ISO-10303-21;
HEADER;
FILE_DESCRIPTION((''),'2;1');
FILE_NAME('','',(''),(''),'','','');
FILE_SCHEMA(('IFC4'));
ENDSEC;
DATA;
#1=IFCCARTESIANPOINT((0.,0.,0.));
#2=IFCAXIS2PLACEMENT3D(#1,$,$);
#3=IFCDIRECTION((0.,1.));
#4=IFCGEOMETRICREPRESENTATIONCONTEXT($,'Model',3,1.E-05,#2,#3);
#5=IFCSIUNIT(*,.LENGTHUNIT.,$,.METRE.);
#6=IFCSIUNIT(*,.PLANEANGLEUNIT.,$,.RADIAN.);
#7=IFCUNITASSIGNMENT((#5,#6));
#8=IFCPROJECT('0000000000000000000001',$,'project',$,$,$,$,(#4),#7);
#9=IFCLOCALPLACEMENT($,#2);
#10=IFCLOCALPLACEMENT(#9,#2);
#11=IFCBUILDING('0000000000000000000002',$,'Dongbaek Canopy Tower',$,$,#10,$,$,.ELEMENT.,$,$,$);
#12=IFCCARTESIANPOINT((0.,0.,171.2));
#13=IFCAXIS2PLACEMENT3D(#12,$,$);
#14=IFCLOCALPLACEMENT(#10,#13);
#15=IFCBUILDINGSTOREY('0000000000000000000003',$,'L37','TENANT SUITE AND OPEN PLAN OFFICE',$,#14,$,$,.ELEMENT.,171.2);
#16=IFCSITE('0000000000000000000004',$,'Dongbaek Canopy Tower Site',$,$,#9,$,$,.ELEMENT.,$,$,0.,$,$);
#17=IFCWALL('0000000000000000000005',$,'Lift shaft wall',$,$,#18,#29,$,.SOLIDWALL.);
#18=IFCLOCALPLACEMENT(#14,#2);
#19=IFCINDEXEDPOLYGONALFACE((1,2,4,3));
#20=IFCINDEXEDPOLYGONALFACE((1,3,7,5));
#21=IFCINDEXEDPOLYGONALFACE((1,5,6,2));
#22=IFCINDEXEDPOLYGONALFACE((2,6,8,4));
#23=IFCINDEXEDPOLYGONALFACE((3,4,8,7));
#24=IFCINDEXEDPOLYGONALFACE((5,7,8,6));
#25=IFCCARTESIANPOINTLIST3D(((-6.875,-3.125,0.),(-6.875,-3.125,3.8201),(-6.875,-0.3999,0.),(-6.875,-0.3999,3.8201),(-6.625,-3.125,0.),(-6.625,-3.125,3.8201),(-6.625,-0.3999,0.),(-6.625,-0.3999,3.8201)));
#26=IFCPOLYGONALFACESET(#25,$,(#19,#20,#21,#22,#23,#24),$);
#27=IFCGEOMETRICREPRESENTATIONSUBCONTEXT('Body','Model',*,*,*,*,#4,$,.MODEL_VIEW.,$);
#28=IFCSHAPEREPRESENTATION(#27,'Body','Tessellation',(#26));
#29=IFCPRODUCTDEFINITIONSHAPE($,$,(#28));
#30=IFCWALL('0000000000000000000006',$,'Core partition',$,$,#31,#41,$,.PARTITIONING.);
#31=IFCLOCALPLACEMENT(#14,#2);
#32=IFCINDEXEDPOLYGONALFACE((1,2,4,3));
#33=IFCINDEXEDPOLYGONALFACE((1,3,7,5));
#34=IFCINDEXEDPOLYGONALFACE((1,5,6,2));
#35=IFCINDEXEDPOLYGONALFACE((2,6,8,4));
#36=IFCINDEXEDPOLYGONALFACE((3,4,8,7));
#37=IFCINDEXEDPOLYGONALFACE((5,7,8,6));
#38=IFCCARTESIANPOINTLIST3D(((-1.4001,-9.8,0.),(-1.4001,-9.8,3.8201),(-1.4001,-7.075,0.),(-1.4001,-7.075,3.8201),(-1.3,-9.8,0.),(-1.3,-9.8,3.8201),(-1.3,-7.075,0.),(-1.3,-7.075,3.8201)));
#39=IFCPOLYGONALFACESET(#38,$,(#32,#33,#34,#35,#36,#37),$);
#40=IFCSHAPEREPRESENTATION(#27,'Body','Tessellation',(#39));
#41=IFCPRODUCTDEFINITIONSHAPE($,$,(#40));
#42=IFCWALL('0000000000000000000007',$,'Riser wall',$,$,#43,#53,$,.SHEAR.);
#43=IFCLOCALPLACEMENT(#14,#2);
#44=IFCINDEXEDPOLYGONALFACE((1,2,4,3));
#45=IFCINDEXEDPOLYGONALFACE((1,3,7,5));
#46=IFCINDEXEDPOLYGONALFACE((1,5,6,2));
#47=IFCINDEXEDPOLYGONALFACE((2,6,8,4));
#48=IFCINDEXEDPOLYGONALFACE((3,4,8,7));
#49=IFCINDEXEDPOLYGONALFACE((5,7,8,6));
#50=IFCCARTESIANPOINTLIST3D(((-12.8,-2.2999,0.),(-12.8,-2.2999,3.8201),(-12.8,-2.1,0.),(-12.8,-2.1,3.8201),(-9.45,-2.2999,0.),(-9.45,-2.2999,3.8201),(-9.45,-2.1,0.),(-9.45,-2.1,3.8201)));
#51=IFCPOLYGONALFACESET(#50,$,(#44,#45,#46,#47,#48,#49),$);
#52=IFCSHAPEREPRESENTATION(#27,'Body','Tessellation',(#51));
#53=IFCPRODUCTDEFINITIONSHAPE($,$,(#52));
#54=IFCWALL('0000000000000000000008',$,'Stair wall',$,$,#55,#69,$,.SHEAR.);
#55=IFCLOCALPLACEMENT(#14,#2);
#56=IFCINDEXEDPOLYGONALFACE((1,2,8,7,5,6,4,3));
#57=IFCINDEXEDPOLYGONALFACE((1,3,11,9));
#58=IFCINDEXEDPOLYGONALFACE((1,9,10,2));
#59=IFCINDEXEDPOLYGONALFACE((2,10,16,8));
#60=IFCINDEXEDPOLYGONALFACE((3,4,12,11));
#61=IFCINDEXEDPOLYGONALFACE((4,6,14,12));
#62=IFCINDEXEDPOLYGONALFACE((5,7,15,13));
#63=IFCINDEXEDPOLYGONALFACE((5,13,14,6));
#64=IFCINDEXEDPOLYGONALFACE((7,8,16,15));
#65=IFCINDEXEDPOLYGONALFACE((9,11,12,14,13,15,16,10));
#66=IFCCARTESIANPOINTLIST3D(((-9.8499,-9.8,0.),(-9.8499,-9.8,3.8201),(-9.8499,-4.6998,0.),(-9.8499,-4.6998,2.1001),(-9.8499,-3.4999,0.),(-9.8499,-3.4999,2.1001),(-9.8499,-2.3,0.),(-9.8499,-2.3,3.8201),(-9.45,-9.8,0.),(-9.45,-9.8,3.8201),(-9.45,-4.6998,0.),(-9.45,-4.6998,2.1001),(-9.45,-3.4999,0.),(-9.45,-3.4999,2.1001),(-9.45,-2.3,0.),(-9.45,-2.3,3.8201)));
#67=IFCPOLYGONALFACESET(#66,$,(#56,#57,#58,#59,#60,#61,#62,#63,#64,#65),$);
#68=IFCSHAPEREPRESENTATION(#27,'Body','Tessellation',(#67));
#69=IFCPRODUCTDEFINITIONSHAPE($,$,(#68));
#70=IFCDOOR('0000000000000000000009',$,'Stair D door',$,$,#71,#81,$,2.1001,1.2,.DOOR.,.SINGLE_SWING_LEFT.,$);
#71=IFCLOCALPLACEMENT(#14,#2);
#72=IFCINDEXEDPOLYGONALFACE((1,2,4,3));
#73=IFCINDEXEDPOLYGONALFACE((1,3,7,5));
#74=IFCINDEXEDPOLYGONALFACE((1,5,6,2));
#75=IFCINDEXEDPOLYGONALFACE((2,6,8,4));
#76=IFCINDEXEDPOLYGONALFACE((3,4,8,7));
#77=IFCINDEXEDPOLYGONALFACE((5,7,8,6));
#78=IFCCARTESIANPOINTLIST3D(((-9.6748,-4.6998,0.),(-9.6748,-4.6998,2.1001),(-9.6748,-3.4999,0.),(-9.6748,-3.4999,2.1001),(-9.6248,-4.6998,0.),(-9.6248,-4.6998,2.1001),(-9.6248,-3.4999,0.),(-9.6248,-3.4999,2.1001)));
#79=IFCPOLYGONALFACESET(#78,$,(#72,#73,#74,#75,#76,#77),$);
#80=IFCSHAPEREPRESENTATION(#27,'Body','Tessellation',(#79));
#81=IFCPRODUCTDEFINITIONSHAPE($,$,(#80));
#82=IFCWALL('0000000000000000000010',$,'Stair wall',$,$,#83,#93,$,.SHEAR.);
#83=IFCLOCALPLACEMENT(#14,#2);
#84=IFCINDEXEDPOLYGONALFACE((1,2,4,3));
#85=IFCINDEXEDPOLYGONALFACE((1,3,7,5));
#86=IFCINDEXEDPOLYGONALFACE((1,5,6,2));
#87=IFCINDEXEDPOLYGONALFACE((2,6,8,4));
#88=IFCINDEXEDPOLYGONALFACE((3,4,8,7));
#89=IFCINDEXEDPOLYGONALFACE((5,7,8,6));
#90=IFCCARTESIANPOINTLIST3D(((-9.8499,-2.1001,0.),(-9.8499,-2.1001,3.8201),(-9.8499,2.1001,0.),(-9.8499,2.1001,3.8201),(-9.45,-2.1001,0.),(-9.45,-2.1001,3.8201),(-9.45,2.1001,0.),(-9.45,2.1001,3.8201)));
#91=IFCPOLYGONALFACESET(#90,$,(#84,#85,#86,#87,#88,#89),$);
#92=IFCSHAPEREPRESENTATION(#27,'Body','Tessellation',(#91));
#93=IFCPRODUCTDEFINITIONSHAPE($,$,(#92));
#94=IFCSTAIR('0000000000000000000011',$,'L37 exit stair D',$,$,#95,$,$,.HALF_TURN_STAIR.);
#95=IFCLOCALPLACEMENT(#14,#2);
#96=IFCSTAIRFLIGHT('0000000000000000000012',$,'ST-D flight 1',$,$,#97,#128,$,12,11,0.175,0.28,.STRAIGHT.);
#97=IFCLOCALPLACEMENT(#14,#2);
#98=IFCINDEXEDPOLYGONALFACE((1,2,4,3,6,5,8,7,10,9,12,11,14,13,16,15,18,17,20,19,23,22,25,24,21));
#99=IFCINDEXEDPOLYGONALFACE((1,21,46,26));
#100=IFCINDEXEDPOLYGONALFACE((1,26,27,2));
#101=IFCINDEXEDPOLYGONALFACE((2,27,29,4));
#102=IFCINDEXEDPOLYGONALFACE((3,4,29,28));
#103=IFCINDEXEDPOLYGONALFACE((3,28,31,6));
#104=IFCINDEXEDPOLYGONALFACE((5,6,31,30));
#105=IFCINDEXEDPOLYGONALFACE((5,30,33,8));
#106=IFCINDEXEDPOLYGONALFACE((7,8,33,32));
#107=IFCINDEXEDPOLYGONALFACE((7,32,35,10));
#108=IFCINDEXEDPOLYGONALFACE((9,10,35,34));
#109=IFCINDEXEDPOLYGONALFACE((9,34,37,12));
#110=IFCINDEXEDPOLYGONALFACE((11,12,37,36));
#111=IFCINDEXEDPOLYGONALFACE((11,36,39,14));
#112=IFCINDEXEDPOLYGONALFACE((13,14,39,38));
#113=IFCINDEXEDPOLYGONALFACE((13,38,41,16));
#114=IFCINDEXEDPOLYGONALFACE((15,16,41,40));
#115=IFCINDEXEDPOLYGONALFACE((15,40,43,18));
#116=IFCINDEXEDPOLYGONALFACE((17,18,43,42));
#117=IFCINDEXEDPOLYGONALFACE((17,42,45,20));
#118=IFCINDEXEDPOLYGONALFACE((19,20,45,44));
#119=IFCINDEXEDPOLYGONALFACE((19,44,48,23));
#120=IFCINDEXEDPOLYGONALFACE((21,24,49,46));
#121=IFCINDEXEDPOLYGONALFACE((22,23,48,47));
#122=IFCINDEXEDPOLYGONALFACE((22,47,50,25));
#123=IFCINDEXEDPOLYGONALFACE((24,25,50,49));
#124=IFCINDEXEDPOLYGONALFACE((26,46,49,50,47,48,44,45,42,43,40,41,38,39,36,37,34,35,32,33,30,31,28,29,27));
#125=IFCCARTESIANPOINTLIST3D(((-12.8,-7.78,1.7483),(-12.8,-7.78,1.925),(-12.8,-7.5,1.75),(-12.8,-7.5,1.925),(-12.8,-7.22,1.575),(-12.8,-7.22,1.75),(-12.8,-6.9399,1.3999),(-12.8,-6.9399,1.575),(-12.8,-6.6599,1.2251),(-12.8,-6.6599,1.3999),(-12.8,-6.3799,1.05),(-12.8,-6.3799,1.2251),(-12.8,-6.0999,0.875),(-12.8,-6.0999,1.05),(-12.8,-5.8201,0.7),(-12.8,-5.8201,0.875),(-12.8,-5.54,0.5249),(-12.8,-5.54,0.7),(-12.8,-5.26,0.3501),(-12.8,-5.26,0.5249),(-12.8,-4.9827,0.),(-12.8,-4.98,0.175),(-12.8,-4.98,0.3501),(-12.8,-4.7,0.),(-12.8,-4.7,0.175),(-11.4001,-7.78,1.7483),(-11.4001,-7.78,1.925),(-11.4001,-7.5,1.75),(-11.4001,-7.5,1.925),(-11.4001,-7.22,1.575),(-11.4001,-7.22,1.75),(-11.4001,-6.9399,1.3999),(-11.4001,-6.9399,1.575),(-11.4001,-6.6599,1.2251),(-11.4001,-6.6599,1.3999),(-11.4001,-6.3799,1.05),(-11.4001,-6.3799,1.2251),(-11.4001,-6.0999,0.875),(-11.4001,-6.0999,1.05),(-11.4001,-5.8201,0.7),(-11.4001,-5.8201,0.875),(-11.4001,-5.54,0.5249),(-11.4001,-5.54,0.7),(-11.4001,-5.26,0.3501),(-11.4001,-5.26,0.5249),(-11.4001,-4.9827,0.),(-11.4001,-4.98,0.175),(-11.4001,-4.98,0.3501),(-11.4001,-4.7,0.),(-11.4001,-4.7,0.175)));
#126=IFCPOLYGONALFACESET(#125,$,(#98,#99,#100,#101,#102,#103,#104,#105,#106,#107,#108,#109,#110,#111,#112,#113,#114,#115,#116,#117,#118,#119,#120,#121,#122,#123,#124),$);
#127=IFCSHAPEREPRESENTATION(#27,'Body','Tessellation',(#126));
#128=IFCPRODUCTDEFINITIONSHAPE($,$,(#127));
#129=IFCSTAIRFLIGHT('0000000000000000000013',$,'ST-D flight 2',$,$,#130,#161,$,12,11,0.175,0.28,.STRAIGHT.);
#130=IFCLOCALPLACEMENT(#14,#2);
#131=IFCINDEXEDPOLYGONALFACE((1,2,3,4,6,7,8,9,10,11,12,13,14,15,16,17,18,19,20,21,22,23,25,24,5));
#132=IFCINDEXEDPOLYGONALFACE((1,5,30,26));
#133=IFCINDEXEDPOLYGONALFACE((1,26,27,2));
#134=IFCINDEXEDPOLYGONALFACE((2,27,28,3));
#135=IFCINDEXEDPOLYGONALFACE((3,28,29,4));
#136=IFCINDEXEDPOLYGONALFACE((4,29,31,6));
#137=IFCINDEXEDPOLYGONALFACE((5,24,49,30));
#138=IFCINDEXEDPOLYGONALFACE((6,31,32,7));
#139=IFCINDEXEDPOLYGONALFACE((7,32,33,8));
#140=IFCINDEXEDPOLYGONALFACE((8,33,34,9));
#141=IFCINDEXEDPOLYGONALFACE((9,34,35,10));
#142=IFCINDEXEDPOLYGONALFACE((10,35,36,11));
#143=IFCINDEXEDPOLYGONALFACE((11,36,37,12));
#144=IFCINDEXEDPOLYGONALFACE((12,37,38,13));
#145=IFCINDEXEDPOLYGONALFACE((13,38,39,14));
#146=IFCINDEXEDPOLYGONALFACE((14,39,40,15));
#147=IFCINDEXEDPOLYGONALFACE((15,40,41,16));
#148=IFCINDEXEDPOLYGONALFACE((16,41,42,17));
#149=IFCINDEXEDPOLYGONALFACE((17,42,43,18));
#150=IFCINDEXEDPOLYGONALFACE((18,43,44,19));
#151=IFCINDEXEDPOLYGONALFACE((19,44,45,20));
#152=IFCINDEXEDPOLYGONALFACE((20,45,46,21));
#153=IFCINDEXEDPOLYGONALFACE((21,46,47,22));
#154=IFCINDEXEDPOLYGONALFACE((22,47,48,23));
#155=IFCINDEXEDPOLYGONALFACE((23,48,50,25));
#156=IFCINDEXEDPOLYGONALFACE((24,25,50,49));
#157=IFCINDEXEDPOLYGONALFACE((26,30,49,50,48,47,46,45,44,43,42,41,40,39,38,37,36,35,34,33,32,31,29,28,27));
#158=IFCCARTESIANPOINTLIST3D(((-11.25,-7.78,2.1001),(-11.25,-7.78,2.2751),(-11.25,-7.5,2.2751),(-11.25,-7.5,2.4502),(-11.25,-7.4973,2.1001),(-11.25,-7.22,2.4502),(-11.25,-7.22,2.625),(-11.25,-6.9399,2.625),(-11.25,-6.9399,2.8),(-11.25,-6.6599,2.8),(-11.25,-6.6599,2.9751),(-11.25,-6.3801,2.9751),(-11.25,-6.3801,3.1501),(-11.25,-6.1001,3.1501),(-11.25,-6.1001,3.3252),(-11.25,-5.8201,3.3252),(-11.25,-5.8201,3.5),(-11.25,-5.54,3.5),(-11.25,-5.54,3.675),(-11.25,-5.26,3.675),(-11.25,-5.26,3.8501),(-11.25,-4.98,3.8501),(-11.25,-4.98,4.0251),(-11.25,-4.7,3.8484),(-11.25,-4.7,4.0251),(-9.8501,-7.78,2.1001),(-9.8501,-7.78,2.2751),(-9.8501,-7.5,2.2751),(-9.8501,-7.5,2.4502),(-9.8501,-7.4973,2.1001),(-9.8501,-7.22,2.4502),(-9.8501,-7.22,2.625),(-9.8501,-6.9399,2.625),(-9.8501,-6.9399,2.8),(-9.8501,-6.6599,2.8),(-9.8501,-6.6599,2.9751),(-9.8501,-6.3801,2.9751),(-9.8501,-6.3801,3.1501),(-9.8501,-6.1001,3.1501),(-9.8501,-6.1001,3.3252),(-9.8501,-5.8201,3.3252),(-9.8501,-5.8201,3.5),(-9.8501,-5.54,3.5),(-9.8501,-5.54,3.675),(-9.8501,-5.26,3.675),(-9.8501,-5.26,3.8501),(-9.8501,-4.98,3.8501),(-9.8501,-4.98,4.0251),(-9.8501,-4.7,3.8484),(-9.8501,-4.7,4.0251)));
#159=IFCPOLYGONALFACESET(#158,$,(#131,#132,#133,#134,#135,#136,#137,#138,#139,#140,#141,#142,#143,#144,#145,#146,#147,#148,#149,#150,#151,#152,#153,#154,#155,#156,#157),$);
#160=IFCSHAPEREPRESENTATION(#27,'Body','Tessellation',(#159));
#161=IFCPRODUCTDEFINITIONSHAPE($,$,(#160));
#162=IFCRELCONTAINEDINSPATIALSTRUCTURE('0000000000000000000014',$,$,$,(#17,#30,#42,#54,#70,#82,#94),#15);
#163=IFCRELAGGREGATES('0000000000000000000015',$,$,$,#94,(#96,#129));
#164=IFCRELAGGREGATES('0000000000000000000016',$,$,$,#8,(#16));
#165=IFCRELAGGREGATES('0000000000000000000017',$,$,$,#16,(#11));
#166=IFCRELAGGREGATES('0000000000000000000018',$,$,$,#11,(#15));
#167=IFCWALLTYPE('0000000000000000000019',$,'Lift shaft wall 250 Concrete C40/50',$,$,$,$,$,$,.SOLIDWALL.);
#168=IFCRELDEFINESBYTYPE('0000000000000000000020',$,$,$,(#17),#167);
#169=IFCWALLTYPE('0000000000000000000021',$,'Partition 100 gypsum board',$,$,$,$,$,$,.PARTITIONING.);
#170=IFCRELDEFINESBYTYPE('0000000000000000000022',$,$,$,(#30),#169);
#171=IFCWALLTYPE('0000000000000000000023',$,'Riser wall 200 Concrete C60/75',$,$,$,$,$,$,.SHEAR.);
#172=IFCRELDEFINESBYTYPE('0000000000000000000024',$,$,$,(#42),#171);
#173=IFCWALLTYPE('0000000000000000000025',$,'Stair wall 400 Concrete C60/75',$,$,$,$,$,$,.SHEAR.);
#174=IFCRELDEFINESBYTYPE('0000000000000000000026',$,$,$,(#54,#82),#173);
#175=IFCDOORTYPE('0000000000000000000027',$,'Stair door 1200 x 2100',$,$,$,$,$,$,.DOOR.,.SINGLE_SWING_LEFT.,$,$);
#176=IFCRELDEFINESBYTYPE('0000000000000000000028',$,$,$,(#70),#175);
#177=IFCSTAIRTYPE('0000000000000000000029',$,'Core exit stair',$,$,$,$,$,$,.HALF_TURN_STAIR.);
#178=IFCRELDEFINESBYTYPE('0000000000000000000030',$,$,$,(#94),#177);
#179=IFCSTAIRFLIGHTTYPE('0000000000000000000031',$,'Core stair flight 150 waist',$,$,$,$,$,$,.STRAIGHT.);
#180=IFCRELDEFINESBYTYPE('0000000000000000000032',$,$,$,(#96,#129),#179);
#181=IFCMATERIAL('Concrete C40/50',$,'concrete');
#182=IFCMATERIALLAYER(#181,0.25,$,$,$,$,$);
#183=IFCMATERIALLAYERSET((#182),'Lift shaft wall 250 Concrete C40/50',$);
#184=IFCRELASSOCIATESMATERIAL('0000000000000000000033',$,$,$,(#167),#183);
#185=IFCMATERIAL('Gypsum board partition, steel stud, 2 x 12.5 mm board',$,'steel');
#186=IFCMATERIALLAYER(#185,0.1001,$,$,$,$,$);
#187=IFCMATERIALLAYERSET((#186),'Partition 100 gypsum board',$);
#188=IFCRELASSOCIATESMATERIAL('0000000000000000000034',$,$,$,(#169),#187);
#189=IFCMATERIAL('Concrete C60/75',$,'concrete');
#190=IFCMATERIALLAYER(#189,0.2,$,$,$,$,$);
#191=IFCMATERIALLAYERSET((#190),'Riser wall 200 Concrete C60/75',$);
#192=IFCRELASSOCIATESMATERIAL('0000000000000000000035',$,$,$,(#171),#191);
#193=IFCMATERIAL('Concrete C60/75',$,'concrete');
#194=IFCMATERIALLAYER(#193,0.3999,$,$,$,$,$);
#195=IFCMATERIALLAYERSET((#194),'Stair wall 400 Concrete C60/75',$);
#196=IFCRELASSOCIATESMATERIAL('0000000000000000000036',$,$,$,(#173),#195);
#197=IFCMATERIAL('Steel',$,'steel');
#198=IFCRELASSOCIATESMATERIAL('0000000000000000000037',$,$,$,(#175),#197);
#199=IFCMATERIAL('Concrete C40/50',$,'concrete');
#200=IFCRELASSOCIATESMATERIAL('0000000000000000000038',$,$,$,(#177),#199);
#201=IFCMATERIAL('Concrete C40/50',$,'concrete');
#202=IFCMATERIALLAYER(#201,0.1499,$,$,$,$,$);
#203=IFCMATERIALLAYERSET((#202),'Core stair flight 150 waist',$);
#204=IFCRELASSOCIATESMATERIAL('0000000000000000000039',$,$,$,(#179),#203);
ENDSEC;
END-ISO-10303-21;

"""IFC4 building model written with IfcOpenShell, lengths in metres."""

from ifc_helpers import new_model, si_unit, direction, frame, frame_2d, origin, place, context, subcontext, project, spatial, polyline, rectangle, outline, extrude, material, layer, layer_set, type_object, element, fill, aggregate, save


model = new_model("IFC4")

# Units and contexts
model_context = context("Model", 3, precision=1e-05, world=origin(), true_north=direction((0.0, 1.0)))
body_context = subcontext(model_context, "Body", "Model", "MODEL_VIEW")
ifc_project = project(units=[si_unit("LENGTHUNIT", "METRE"), si_unit("PLANEANGLEUNIT", "RADIAN")], contexts=[model_context])

# Site, building, storey
site_placement = place(None, origin())
site = spatial("IfcSite", under=ifc_project, at=site_placement, Name="Dongbaek Canopy Tower Site", CompositionType="ELEMENT", RefElevation=0.0)
building_placement = place(site_placement, origin())
building = spatial("IfcBuilding", under=site, at=building_placement, Name="Dongbaek Canopy Tower", CompositionType="ELEMENT")
storey_placement = place(building_placement, frame((0.0, 0.0, 171.2)))
storey = spatial("IfcBuildingStorey", under=building, at=storey_placement, Name="L37", Description="TENANT SUITE AND OPEN PLAN OFFICE", CompositionType="ELEMENT", Elevation=171.2)

# Walls
ifc_material_1 = material(Name="Concrete C40/50", Category="concrete")
ifc_layer_1 = layer(ifc_material_1, 0.25)
ifc_layer_set_1 = layer_set([ifc_layer_1], Name="Lift shaft wall 250 Concrete C40/50")
wall_type_1 = type_object("IfcWallType", Name="Lift shaft wall 250 Concrete C40/50", PredefinedType="SOLIDWALL", material=ifc_layer_set_1)
for number, where, z_axis, x_axis, name in (
    (1, (-6.75, -3.125, 0.0), (0.0, 0.0, 1.0), (0.0, 1.0, 0.0), "Lift shaft wall"),
):
    element("IfcWall", number, at=place(storey_placement, frame(where, z_axis=z_axis, x_axis=x_axis)), inside=storey, type_object=wall_type_1, Name=name, PredefinedType="SOLIDWALL", context=body_context, shape_type="SweptSolid", body=[
        extrude(rectangle(XDim=2.7251, YDim=0.25, at=frame_2d((1.3625, 0.0))), origin(), (0.0, 0.0, 1.0), 3.8201),
    ])
ifc_material_2 = material(Name="Gypsum board partition, steel stud, 2 x 12.5 mm board", Category="steel")
ifc_layer_2 = layer(ifc_material_2, 0.1001)
ifc_layer_set_2 = layer_set([ifc_layer_2], Name="Partition 100 gypsum board")
wall_type_2 = type_object("IfcWallType", Name="Partition 100 gypsum board", PredefinedType="PARTITIONING", material=ifc_layer_set_2)
wall_1_placement = place(storey_placement, frame((-1.3501, -9.8, 0.0), z_axis=(0.0, 0.0, 1.0), x_axis=(0.0, 1.0, 0.0)))
element("IfcWall", 2, at=wall_1_placement, inside=storey, type_object=wall_type_2, Name="Core partition", PredefinedType="PARTITIONING", context=body_context, shape_type="SweptSolid", body=[
    extrude(rectangle(XDim=2.7251, YDim=0.1001, at=frame_2d((1.3625, 0.0))), origin(), (0.0, 0.0, 1.0), 3.8201),
])
ifc_material_3 = material(Name="Concrete C60/75", Category="concrete")
ifc_layer_3 = layer(ifc_material_3, 0.2)
ifc_layer_set_3 = layer_set([ifc_layer_3], Name="Riser wall 200 Concrete C60/75")
wall_type_3 = type_object("IfcWallType", Name="Riser wall 200 Concrete C60/75", PredefinedType="SHEAR", material=ifc_layer_set_3)
wall_2_placement = place(storey_placement, frame((-9.45, -2.2, 0.0), z_axis=(0.0, 0.0, 1.0), x_axis=(-1.0, 0.0, 0.0)))
element("IfcWall", 3, at=wall_2_placement, inside=storey, type_object=wall_type_3, Name="Riser wall", PredefinedType="SHEAR", context=body_context, shape_type="SweptSolid", body=[
    extrude(rectangle(XDim=3.3501, YDim=0.2, at=frame_2d((1.675, 0.0))), origin(), (0.0, 0.0, 1.0), 3.8201),
])

# Wall, opening, door
ifc_material_4 = material(Name="Concrete C60/75", Category="concrete")
ifc_layer_4 = layer(ifc_material_4, 0.3999)
ifc_layer_set_4 = layer_set([ifc_layer_4], Name="Stair wall 400 Concrete C60/75")
wall_type_4 = type_object("IfcWallType", Name="Stair wall 400 Concrete C60/75", PredefinedType="SHEAR", material=ifc_layer_set_4)
wall_3_placement = place(storey_placement, frame((-9.6499, -9.8, 0.0), z_axis=(0.0, 0.0, 1.0), x_axis=(0.0, 1.0, 0.0)))
wall_3 = element("IfcWall", 4, at=wall_3_placement, inside=storey, type_object=wall_type_4, Name="Stair wall", PredefinedType="SHEAR", context=body_context, shape_type="SweptSolid", body=[
    extrude(rectangle(XDim=7.5, YDim=0.3999, at=frame_2d((3.75, 0.0))), origin(), (0.0, 0.0, 1.0), 3.8201),
])
opening_1_placement = place(wall_3_placement, frame((5.1001, 0.0, 0.0)))
opening_1 = element("IfcOpeningElement", 5, at=opening_1_placement, cuts=wall_3, PredefinedType="OPENING", context=body_context, shape_type="SweptSolid", body=[
    extrude(rectangle(XDim=1.2, YDim=2.1001, at=frame_2d((0.6001, 1.05))), frame((0.0, 0.21, 0.0), z_axis=(0.0, -1.0, 0.0), x_axis=(1.0, 0.0, 0.0)), (0.0, 0.0, 1.0), 0.4199),
])
ifc_material_5 = material(Name="Steel", Category="steel")
door_type_1 = type_object("IfcDoorType", Name="Stair door 1200 x 2100", OperationType="SINGLE_SWING_LEFT", PredefinedType="DOOR", material=ifc_material_5)
door_1_placement = place(opening_1_placement, origin())
door_1 = element("IfcDoor", 6, at=door_1_placement, inside=storey, type_object=door_type_1, Name="Stair D door", OperationType="SINGLE_SWING_LEFT", OverallHeight=2.1001, OverallWidth=1.2, PredefinedType="DOOR", context=body_context, shape_type="SweptSolid", body=[
    extrude(rectangle(XDim=1.2, YDim=2.1001, at=frame_2d((0.6001, 1.05))), frame((0.0, 0.0249, 0.0), z_axis=(0.0, -1.0, 0.0), x_axis=(1.0, 0.0, 0.0)), (0.0, 0.0, 1.0), 0.05),
])
fill(opening_1, door_1)

# Wall
wall_4_placement = place(storey_placement, frame((-9.6499, -2.1001, 0.0), z_axis=(0.0, 0.0, 1.0), x_axis=(0.0, 1.0, 0.0)))
element("IfcWall", 7, at=wall_4_placement, inside=storey, type_object=wall_type_4, Name="Stair wall", PredefinedType="SHEAR", context=body_context, shape_type="SweptSolid", body=[
    extrude(rectangle(XDim=4.2002, YDim=0.3999, at=frame_2d((2.1001, 0.0))), origin(), (0.0, 0.0, 1.0), 3.8201),
])

# Stair, stair flights
ifc_material_6 = material(Name="Concrete C40/50", Category="concrete")
stair_type = type_object("IfcStairType", Name="Core exit stair", PredefinedType="HALF_TURN_STAIR", material=ifc_material_6)
stair_placement = place(storey_placement, origin())
stair = element("IfcStair", 8, at=stair_placement, inside=storey, type_object=stair_type, Name="L37 exit stair D", PredefinedType="HALF_TURN_STAIR")
ifc_material_7 = material(Name="Concrete C40/50", Category="concrete")
ifc_layer_5 = layer(ifc_material_7, 0.1499)
ifc_layer_set_5 = layer_set([ifc_layer_5], Name="Core stair flight 150 waist")
stair_flight_type = type_object("IfcStairFlightType", Name="Core stair flight 150 waist", PredefinedType="STRAIGHT", material=ifc_layer_set_5)
stair_flight_1_placement = place(storey_placement, frame((-12.1001, -4.7, 0.0), z_axis=(0.0, 0.0, 1.0), x_axis=(0.0, -1.0, 0.0)))
stair_flight_1 = element("IfcStairFlight", 9, at=stair_flight_1_placement, type_object=stair_flight_type, Name="ST-D flight 1", NumberOfRisers=12, NumberOfTreads=11, PredefinedType="STRAIGHT", RiserHeight=0.175, TreadLength=0.28, context=body_context, shape_type="SweptSolid", body=[
    extrude(outline(polyline([(0.0, 0.0), (0.0, 0.175), (0.28, 0.175), (0.28, 0.3501), (0.5601, 0.3501), (0.5601, 0.5249), (0.8401, 0.5249), (0.8401, 0.7), (1.1201, 0.7), (1.1201, 0.875), (1.3999, 0.875), (1.3999, 1.05), (1.6799, 1.05), (1.6799, 1.2251), (1.96, 1.2251), (1.96, 1.3999), (2.24, 1.3999), (2.24, 1.575), (2.52, 1.575), (2.52, 1.75), (2.8, 1.75), (2.8, 1.925), (3.0801, 1.925), (3.0801, 2.1001), (3.0801, 1.7483), (0.2827, 0.0), (0.0, 0.0)])), frame((0.0, 0.7, 0.0), z_axis=(0.0, -1.0, 0.0), x_axis=(1.0, 0.0, 0.0)), (0.0, 0.0, 1.0), 1.3999),
])
stair_flight_2_placement = place(storey_placement, frame((-10.55, -7.78, 2.1001), z_axis=(0.0, 0.0, 1.0), x_axis=(0.0, 1.0, 0.0)))
stair_flight_2 = element("IfcStairFlight", 10, at=stair_flight_2_placement, type_object=stair_flight_type, Name="ST-D flight 2", NumberOfRisers=12, NumberOfTreads=11, PredefinedType="STRAIGHT", RiserHeight=0.175, TreadLength=0.28, context=body_context, shape_type="SweptSolid", body=[
    extrude(outline(polyline([(0.0, 0.0), (0.0, 0.175), (0.28, 0.175), (0.28, 0.3501), (0.5601, 0.3501), (0.5601, 0.5249), (0.8401, 0.5249), (0.8401, 0.7), (1.1201, 0.7), (1.1201, 0.875), (1.3999, 0.875), (1.3999, 1.05), (1.6799, 1.05), (1.6799, 1.2251), (1.96, 1.2251), (1.96, 1.3999), (2.24, 1.3999), (2.24, 1.575), (2.52, 1.575), (2.52, 1.75), (2.8, 1.75), (2.8, 1.925), (3.0801, 1.925), (3.0801, 2.1001), (3.0801, 1.7483), (0.2827, 0.0), (0.0, 0.0)])), frame((0.0, 0.7, 0.0), z_axis=(0.0, -1.0, 0.0), x_axis=(1.0, 0.0, 0.0)), (0.0, 0.0, 1.0), 1.3999),
])
aggregate(stair, [stair_flight_1, stair_flight_2])

save(model, "model.ifc")
